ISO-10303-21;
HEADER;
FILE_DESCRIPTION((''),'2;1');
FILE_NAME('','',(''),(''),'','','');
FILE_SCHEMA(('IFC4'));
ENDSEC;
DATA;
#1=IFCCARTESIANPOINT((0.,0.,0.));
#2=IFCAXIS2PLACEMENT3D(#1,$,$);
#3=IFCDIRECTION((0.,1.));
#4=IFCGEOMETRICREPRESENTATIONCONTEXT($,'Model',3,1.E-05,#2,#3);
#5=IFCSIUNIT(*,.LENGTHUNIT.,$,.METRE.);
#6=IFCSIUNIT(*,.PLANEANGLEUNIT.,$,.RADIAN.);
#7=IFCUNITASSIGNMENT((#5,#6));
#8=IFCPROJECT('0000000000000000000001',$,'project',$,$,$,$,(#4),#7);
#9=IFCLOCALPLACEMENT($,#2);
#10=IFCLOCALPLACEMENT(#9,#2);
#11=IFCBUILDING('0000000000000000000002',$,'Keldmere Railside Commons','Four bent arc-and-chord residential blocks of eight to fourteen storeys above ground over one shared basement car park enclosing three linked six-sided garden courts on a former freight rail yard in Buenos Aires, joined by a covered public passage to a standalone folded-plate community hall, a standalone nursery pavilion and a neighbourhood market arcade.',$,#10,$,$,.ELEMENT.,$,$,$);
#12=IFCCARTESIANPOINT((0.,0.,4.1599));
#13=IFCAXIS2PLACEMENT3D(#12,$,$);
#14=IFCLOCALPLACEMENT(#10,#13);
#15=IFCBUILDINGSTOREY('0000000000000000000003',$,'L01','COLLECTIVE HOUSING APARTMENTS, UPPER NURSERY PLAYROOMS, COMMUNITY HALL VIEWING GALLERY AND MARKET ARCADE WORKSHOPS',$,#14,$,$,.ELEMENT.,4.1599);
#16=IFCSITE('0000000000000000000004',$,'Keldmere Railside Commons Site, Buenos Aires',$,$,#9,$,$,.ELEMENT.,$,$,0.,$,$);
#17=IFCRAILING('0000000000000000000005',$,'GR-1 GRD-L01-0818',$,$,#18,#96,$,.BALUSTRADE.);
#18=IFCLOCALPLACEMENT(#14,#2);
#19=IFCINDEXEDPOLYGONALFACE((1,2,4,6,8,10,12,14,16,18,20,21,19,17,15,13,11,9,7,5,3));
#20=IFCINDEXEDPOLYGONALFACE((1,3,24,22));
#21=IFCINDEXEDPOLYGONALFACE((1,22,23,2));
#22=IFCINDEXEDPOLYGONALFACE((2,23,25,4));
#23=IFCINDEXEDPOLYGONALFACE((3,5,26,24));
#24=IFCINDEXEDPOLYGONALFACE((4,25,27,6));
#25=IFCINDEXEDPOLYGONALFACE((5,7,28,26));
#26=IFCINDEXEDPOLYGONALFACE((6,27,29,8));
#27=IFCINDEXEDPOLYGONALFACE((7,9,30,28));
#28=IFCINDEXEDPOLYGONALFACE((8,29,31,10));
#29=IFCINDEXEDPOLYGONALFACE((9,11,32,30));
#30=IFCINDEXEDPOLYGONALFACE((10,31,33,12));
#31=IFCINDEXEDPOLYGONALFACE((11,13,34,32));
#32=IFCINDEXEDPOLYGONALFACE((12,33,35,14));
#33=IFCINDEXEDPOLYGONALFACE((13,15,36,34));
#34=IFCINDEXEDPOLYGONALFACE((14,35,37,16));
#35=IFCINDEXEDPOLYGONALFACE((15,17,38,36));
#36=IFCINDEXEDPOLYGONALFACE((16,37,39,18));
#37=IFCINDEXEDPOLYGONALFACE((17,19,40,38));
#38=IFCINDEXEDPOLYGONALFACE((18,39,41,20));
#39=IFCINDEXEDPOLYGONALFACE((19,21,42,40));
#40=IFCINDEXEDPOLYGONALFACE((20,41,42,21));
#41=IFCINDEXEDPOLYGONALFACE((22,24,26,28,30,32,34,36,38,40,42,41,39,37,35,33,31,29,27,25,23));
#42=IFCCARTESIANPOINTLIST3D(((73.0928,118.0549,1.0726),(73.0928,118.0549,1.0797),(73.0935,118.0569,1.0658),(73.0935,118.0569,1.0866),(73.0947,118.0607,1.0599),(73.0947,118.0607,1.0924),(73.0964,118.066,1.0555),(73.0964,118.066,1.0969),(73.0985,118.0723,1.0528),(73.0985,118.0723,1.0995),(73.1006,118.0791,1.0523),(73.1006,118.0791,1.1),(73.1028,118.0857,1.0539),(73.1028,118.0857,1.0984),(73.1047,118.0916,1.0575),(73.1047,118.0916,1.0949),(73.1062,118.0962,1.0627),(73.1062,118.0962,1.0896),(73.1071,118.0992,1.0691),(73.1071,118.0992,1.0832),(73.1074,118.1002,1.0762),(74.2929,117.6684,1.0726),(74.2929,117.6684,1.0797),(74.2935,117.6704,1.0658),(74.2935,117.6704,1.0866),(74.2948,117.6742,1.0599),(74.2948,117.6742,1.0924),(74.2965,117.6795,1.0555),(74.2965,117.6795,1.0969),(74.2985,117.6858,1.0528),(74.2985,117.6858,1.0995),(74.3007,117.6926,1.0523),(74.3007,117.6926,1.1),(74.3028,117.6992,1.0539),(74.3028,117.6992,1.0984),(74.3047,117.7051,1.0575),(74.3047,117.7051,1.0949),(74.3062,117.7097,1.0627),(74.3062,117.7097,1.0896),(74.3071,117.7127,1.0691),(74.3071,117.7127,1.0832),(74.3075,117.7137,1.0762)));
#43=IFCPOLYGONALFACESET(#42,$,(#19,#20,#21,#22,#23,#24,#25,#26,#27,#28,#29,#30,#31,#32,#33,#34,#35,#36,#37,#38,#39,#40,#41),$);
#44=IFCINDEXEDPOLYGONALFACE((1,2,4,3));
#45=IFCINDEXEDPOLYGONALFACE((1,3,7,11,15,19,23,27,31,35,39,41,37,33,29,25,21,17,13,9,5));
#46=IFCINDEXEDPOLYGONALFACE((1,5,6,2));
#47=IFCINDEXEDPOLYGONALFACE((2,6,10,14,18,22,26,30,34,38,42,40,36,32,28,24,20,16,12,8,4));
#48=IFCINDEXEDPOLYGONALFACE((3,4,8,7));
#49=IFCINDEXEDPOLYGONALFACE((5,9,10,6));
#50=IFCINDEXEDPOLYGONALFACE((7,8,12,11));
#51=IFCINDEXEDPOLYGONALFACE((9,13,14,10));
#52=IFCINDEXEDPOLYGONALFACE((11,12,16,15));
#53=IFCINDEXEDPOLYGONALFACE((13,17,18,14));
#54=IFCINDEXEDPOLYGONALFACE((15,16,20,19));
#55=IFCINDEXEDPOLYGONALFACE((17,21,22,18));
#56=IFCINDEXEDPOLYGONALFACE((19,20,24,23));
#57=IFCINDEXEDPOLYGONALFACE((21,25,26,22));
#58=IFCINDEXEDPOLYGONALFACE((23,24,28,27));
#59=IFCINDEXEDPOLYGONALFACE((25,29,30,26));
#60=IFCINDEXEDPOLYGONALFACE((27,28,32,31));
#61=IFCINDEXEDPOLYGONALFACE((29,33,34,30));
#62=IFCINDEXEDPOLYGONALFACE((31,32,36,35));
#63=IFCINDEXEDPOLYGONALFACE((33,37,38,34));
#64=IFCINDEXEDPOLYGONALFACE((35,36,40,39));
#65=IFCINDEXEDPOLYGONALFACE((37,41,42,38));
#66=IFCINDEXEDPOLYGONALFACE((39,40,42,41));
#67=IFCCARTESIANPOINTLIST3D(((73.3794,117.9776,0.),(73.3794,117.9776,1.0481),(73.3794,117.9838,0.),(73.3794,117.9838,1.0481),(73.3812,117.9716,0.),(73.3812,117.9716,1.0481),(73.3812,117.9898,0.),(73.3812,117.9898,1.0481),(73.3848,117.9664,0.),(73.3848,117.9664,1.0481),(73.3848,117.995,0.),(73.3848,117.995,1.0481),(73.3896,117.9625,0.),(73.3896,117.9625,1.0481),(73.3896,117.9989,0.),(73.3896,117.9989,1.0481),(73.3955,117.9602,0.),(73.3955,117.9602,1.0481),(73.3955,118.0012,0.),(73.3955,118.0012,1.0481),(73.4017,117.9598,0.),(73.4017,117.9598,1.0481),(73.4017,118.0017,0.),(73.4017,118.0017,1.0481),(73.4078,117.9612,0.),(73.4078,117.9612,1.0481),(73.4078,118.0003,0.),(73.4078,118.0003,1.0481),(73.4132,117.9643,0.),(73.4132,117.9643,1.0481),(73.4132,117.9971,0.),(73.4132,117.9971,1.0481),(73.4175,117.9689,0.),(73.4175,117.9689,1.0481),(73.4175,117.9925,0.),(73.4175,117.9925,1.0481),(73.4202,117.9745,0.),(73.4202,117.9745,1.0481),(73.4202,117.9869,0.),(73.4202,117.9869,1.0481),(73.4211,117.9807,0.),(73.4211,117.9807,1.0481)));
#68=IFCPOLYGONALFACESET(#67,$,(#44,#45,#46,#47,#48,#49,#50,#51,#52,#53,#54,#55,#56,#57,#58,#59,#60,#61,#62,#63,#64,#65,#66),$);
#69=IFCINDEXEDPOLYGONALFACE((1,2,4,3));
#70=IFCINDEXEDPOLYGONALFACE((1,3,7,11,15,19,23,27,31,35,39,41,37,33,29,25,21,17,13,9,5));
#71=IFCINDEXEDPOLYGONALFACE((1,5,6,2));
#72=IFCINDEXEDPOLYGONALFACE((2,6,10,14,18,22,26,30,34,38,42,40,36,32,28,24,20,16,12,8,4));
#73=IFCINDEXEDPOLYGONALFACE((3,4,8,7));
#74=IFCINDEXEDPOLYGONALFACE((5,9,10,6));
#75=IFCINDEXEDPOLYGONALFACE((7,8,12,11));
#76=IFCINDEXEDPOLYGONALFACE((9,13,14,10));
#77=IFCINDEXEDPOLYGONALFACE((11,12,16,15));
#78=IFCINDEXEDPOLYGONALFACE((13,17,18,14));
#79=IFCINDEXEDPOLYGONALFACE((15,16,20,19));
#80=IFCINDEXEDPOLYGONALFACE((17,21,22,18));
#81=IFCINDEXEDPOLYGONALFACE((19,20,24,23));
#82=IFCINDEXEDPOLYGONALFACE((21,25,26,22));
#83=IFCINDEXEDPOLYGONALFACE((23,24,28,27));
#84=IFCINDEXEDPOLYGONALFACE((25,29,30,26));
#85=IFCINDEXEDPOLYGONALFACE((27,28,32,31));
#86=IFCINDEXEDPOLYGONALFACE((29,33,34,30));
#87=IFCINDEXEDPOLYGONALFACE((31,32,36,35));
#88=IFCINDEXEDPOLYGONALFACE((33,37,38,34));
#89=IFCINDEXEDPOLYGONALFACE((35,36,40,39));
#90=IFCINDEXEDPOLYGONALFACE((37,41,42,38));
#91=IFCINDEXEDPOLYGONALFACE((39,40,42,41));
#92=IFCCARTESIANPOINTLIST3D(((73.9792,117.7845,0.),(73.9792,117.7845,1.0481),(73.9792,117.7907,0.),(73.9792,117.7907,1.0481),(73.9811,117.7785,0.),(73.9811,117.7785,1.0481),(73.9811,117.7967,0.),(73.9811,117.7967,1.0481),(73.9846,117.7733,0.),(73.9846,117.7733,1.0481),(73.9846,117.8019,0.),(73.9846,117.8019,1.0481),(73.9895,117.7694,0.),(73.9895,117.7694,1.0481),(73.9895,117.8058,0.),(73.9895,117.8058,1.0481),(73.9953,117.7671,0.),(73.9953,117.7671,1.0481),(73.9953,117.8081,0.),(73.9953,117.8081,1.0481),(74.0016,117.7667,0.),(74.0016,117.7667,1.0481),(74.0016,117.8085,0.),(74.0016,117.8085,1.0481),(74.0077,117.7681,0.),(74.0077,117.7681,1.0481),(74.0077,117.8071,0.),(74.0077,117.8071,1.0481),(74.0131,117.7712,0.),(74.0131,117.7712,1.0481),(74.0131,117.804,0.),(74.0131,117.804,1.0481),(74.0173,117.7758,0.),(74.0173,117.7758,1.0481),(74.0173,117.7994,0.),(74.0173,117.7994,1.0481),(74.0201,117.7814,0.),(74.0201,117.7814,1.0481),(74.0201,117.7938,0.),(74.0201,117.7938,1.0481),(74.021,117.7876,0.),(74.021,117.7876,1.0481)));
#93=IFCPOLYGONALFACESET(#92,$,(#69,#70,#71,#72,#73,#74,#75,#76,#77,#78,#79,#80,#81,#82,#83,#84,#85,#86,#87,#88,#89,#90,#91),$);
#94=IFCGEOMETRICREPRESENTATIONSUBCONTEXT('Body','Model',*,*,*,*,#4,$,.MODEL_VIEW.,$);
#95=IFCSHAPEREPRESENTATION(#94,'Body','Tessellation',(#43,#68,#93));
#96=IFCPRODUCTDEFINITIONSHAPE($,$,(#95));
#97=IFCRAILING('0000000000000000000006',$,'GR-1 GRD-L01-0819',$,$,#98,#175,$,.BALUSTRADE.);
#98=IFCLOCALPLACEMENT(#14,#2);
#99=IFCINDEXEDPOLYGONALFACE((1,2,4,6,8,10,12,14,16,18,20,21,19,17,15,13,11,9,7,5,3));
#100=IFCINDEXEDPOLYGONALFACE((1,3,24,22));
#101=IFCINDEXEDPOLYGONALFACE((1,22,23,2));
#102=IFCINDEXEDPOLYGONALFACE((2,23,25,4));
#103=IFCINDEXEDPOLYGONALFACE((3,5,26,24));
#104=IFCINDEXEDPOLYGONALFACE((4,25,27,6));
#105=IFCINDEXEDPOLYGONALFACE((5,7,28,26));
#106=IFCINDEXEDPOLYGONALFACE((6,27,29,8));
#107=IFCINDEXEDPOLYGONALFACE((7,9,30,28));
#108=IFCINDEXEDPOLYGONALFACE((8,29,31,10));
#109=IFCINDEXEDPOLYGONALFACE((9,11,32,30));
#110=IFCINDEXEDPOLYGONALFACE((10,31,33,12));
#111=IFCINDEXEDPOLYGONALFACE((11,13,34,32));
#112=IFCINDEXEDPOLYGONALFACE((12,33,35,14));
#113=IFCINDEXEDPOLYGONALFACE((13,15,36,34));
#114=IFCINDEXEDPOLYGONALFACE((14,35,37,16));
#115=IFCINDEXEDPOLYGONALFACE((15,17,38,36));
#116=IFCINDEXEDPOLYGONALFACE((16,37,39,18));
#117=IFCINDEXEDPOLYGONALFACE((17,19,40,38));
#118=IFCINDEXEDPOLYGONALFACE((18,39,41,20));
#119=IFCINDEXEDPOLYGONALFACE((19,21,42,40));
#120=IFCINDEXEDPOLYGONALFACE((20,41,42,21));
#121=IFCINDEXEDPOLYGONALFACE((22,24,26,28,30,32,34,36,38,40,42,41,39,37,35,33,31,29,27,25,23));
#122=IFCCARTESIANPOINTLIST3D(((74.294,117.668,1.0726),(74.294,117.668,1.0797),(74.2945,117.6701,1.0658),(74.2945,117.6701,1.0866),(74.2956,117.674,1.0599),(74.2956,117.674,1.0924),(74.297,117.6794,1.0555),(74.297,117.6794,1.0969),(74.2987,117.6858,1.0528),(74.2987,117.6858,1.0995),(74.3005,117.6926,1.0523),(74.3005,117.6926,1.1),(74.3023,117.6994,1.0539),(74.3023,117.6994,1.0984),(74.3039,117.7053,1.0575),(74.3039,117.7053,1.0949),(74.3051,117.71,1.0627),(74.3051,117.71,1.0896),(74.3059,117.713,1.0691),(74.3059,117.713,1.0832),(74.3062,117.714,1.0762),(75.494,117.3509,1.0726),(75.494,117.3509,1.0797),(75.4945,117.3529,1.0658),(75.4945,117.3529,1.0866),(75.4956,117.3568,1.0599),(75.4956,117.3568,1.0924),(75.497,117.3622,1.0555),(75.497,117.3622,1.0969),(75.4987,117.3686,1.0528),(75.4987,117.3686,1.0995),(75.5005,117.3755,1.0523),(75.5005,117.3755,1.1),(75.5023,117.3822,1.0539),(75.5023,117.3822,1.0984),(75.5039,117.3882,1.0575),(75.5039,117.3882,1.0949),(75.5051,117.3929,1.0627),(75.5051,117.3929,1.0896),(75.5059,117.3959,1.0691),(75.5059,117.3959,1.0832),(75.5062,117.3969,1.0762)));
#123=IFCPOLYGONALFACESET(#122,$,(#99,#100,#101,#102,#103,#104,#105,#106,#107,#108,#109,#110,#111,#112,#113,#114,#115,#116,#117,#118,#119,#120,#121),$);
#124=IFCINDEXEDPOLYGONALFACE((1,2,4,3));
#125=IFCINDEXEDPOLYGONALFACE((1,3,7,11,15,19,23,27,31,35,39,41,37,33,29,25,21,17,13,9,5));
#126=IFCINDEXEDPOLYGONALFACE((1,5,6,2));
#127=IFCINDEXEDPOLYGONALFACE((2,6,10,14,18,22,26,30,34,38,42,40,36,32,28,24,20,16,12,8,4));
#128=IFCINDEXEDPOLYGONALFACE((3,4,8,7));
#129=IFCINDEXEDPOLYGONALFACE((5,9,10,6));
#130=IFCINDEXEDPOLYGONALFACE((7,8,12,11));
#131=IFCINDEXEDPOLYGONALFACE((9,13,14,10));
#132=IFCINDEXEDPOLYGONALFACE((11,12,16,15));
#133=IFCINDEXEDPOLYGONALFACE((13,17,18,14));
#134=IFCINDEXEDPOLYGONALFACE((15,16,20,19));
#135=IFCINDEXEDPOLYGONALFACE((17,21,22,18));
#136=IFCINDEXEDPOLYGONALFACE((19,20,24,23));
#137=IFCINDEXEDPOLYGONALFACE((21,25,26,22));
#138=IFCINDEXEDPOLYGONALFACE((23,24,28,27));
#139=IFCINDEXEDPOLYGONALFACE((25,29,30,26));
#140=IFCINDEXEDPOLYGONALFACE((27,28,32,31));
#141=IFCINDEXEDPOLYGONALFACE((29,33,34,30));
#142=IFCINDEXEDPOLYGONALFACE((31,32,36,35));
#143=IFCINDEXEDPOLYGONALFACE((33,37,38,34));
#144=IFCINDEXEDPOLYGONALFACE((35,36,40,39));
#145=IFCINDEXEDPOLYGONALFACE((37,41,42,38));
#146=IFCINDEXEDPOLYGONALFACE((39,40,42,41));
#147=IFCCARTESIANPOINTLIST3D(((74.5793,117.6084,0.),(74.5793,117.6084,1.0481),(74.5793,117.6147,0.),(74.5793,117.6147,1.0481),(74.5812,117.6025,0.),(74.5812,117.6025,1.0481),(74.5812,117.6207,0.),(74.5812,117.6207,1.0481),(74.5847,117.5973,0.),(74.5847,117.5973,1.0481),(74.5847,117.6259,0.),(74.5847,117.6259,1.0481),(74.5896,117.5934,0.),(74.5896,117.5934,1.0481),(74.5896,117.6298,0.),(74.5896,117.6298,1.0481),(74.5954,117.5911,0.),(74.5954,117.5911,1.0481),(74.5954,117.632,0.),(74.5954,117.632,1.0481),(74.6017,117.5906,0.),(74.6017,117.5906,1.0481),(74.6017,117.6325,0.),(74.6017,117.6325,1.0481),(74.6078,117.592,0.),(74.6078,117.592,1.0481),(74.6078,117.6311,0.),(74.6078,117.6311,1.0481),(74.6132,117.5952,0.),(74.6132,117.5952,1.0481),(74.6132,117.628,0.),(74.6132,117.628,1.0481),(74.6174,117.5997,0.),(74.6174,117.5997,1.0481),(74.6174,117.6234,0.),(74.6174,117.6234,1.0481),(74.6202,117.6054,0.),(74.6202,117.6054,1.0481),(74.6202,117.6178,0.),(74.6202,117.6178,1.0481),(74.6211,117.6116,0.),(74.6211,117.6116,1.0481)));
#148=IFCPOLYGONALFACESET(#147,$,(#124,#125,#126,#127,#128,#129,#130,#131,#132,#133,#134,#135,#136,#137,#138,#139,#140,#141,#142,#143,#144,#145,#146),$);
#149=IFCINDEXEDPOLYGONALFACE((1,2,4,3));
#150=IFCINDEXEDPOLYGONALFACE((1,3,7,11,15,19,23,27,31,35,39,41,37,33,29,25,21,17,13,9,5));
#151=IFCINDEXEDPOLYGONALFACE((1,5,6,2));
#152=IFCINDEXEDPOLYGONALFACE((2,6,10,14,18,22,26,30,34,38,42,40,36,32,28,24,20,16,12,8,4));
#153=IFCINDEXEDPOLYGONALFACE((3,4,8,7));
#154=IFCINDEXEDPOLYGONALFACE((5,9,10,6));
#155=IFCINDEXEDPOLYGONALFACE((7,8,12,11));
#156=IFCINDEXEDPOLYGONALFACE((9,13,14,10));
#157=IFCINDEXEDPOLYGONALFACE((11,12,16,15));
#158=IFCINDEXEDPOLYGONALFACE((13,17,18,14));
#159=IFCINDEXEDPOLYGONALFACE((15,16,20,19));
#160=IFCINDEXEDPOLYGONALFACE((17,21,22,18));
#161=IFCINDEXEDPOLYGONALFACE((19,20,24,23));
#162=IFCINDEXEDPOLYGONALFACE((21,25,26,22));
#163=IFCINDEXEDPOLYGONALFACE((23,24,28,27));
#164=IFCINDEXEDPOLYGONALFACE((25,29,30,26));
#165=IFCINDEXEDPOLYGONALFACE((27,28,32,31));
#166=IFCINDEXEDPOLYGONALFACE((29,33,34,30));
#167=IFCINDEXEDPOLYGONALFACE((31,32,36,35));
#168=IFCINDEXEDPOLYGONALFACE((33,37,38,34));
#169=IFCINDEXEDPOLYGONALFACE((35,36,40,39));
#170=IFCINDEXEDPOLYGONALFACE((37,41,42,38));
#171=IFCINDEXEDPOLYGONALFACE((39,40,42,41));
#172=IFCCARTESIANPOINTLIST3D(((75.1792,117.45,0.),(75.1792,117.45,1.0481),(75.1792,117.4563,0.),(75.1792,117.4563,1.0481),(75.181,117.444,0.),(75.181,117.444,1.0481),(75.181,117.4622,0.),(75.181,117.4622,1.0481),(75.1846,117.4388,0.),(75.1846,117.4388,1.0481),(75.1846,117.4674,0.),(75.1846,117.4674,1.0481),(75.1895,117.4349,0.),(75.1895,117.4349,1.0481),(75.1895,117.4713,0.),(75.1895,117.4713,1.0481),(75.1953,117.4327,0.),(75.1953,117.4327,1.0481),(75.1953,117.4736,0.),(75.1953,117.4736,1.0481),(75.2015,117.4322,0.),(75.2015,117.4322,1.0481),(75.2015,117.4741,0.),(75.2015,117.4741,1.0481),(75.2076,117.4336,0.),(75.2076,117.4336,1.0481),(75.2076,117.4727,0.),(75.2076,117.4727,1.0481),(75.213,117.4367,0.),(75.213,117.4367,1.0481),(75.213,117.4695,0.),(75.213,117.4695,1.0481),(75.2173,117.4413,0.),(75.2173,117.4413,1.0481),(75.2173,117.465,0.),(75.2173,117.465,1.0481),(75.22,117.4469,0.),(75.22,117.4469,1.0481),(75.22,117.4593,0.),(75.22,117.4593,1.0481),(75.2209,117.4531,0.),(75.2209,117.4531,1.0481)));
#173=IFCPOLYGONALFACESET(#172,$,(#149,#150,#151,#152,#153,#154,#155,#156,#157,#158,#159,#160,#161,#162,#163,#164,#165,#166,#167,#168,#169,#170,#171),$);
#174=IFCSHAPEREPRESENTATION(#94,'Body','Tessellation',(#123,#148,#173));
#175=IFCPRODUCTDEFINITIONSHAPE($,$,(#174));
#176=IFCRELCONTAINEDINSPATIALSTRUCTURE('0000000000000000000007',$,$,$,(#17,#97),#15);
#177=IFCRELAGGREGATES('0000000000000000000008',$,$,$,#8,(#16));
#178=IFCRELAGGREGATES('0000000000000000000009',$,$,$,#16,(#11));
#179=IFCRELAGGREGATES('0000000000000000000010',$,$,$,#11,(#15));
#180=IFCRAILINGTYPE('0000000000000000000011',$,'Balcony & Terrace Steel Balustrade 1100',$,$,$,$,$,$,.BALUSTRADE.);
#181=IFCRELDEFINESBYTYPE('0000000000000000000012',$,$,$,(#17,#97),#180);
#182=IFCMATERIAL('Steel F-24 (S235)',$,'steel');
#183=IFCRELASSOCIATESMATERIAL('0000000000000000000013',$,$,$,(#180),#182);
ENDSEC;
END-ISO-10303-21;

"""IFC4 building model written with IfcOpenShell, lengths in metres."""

from ifc_helpers import new_model, si_unit, direction, frame, origin, origin_2d, place, context, subcontext, project, spatial, circle, extrude, material, type_object, element, save


model = new_model("IFC4")

# Units and contexts
model_context = context("Model", 3, precision=1e-05, world=origin(), true_north=direction((0.0, 1.0)))
body_context = subcontext(model_context, "Body", "Model", "MODEL_VIEW")
ifc_project = project(units=[si_unit("LENGTHUNIT", "METRE"), si_unit("PLANEANGLEUNIT", "RADIAN")], contexts=[model_context])

# Site, building, storey
site_placement = place(None, origin())
site = spatial("IfcSite", under=ifc_project, at=site_placement, Name="Keldmere Railside Commons Site, Buenos Aires", CompositionType="ELEMENT", RefElevation=0.0)
building_placement = place(site_placement, origin())
building = spatial("IfcBuilding", under=site, at=building_placement, Name="Keldmere Railside Commons", Description="Four bent arc-and-chord residential blocks of eight to fourteen storeys above ground over one shared basement car park enclosing three linked six-sided garden courts on a former freight rail yard in Buenos Aires, joined by a covered public passage to a standalone folded-plate community hall, a standalone nursery pavilion and a neighbourhood market arcade.", CompositionType="ELEMENT")
storey_placement = place(building_placement, frame((0.0, 0.0, 4.1599)))
storey = spatial("IfcBuildingStorey", under=building, at=storey_placement, Name="L01", Description="COLLECTIVE HOUSING APARTMENTS, UPPER NURSERY PLAYROOMS, COMMUNITY HALL VIEWING GALLERY AND MARKET ARCADE WORKSHOPS", CompositionType="ELEMENT", Elevation=4.1599)

# Railings
ifc_material_1 = material(Name="Steel F-24 (S235)", Category="steel")
railing_type_1 = type_object("IfcRailingType", Name="Balcony & Terrace Steel Balustrade 1100", PredefinedType="BALUSTRADE", material=ifc_material_1)
railing_1_placement = place(storey_placement, frame((73.1001, 118.0774, 0.0)))
element("IfcRailing", 1, at=railing_1_placement, inside=storey, type_object=railing_type_1, Name="GR-1 GRD-L01-0818", PredefinedType="BALUSTRADE", context=body_context, shape_type="SweptSolid", body=[
    extrude(circle(Radius=0.0239, at=origin_2d()), frame((0.0, 0.0, 1.0762), z_axis=(0.951849, -0.306567, 0.0), x_axis=(0.306567, 0.951849, 0.0)), (0.0, 0.0, 1.0), 1.2607),
    extrude(circle(Radius=0.021, at=origin_2d()), frame((0.3, -0.0967, 0.0)), (0.0, 0.0, 1.0), 1.0481),
    extrude(circle(Radius=0.021, at=origin_2d()), frame((0.8999, -0.2898, 0.0)), (0.0, 0.0, 1.0), 1.0481),
])
railing_2_placement = place(storey_placement, frame((74.3, 117.6909, 0.0)))
element("IfcRailing", 2, at=railing_2_placement, inside=storey, type_object=railing_type_1, Name="GR-1 GRD-L01-0819", PredefinedType="BALUSTRADE", context=body_context, shape_type="SweptSolid", body=[
    extrude(circle(Radius=0.0239, at=origin_2d()), frame((0.0, 0.0, 1.0762), z_axis=(0.966804, -0.255519, 0.0), x_axis=(0.255519, 0.966804, 0.0)), (0.0, 0.0, 1.0), 1.2412),
    extrude(circle(Radius=0.021, at=origin_2d()), frame((0.3, -0.0793, 0.0)), (0.0, 0.0, 1.0), 1.0481),
    extrude(circle(Radius=0.021, at=origin_2d()), frame((0.8999, -0.2378, 0.0)), (0.0, 0.0, 1.0), 1.0481),
])

save(model, "model.ifc")
